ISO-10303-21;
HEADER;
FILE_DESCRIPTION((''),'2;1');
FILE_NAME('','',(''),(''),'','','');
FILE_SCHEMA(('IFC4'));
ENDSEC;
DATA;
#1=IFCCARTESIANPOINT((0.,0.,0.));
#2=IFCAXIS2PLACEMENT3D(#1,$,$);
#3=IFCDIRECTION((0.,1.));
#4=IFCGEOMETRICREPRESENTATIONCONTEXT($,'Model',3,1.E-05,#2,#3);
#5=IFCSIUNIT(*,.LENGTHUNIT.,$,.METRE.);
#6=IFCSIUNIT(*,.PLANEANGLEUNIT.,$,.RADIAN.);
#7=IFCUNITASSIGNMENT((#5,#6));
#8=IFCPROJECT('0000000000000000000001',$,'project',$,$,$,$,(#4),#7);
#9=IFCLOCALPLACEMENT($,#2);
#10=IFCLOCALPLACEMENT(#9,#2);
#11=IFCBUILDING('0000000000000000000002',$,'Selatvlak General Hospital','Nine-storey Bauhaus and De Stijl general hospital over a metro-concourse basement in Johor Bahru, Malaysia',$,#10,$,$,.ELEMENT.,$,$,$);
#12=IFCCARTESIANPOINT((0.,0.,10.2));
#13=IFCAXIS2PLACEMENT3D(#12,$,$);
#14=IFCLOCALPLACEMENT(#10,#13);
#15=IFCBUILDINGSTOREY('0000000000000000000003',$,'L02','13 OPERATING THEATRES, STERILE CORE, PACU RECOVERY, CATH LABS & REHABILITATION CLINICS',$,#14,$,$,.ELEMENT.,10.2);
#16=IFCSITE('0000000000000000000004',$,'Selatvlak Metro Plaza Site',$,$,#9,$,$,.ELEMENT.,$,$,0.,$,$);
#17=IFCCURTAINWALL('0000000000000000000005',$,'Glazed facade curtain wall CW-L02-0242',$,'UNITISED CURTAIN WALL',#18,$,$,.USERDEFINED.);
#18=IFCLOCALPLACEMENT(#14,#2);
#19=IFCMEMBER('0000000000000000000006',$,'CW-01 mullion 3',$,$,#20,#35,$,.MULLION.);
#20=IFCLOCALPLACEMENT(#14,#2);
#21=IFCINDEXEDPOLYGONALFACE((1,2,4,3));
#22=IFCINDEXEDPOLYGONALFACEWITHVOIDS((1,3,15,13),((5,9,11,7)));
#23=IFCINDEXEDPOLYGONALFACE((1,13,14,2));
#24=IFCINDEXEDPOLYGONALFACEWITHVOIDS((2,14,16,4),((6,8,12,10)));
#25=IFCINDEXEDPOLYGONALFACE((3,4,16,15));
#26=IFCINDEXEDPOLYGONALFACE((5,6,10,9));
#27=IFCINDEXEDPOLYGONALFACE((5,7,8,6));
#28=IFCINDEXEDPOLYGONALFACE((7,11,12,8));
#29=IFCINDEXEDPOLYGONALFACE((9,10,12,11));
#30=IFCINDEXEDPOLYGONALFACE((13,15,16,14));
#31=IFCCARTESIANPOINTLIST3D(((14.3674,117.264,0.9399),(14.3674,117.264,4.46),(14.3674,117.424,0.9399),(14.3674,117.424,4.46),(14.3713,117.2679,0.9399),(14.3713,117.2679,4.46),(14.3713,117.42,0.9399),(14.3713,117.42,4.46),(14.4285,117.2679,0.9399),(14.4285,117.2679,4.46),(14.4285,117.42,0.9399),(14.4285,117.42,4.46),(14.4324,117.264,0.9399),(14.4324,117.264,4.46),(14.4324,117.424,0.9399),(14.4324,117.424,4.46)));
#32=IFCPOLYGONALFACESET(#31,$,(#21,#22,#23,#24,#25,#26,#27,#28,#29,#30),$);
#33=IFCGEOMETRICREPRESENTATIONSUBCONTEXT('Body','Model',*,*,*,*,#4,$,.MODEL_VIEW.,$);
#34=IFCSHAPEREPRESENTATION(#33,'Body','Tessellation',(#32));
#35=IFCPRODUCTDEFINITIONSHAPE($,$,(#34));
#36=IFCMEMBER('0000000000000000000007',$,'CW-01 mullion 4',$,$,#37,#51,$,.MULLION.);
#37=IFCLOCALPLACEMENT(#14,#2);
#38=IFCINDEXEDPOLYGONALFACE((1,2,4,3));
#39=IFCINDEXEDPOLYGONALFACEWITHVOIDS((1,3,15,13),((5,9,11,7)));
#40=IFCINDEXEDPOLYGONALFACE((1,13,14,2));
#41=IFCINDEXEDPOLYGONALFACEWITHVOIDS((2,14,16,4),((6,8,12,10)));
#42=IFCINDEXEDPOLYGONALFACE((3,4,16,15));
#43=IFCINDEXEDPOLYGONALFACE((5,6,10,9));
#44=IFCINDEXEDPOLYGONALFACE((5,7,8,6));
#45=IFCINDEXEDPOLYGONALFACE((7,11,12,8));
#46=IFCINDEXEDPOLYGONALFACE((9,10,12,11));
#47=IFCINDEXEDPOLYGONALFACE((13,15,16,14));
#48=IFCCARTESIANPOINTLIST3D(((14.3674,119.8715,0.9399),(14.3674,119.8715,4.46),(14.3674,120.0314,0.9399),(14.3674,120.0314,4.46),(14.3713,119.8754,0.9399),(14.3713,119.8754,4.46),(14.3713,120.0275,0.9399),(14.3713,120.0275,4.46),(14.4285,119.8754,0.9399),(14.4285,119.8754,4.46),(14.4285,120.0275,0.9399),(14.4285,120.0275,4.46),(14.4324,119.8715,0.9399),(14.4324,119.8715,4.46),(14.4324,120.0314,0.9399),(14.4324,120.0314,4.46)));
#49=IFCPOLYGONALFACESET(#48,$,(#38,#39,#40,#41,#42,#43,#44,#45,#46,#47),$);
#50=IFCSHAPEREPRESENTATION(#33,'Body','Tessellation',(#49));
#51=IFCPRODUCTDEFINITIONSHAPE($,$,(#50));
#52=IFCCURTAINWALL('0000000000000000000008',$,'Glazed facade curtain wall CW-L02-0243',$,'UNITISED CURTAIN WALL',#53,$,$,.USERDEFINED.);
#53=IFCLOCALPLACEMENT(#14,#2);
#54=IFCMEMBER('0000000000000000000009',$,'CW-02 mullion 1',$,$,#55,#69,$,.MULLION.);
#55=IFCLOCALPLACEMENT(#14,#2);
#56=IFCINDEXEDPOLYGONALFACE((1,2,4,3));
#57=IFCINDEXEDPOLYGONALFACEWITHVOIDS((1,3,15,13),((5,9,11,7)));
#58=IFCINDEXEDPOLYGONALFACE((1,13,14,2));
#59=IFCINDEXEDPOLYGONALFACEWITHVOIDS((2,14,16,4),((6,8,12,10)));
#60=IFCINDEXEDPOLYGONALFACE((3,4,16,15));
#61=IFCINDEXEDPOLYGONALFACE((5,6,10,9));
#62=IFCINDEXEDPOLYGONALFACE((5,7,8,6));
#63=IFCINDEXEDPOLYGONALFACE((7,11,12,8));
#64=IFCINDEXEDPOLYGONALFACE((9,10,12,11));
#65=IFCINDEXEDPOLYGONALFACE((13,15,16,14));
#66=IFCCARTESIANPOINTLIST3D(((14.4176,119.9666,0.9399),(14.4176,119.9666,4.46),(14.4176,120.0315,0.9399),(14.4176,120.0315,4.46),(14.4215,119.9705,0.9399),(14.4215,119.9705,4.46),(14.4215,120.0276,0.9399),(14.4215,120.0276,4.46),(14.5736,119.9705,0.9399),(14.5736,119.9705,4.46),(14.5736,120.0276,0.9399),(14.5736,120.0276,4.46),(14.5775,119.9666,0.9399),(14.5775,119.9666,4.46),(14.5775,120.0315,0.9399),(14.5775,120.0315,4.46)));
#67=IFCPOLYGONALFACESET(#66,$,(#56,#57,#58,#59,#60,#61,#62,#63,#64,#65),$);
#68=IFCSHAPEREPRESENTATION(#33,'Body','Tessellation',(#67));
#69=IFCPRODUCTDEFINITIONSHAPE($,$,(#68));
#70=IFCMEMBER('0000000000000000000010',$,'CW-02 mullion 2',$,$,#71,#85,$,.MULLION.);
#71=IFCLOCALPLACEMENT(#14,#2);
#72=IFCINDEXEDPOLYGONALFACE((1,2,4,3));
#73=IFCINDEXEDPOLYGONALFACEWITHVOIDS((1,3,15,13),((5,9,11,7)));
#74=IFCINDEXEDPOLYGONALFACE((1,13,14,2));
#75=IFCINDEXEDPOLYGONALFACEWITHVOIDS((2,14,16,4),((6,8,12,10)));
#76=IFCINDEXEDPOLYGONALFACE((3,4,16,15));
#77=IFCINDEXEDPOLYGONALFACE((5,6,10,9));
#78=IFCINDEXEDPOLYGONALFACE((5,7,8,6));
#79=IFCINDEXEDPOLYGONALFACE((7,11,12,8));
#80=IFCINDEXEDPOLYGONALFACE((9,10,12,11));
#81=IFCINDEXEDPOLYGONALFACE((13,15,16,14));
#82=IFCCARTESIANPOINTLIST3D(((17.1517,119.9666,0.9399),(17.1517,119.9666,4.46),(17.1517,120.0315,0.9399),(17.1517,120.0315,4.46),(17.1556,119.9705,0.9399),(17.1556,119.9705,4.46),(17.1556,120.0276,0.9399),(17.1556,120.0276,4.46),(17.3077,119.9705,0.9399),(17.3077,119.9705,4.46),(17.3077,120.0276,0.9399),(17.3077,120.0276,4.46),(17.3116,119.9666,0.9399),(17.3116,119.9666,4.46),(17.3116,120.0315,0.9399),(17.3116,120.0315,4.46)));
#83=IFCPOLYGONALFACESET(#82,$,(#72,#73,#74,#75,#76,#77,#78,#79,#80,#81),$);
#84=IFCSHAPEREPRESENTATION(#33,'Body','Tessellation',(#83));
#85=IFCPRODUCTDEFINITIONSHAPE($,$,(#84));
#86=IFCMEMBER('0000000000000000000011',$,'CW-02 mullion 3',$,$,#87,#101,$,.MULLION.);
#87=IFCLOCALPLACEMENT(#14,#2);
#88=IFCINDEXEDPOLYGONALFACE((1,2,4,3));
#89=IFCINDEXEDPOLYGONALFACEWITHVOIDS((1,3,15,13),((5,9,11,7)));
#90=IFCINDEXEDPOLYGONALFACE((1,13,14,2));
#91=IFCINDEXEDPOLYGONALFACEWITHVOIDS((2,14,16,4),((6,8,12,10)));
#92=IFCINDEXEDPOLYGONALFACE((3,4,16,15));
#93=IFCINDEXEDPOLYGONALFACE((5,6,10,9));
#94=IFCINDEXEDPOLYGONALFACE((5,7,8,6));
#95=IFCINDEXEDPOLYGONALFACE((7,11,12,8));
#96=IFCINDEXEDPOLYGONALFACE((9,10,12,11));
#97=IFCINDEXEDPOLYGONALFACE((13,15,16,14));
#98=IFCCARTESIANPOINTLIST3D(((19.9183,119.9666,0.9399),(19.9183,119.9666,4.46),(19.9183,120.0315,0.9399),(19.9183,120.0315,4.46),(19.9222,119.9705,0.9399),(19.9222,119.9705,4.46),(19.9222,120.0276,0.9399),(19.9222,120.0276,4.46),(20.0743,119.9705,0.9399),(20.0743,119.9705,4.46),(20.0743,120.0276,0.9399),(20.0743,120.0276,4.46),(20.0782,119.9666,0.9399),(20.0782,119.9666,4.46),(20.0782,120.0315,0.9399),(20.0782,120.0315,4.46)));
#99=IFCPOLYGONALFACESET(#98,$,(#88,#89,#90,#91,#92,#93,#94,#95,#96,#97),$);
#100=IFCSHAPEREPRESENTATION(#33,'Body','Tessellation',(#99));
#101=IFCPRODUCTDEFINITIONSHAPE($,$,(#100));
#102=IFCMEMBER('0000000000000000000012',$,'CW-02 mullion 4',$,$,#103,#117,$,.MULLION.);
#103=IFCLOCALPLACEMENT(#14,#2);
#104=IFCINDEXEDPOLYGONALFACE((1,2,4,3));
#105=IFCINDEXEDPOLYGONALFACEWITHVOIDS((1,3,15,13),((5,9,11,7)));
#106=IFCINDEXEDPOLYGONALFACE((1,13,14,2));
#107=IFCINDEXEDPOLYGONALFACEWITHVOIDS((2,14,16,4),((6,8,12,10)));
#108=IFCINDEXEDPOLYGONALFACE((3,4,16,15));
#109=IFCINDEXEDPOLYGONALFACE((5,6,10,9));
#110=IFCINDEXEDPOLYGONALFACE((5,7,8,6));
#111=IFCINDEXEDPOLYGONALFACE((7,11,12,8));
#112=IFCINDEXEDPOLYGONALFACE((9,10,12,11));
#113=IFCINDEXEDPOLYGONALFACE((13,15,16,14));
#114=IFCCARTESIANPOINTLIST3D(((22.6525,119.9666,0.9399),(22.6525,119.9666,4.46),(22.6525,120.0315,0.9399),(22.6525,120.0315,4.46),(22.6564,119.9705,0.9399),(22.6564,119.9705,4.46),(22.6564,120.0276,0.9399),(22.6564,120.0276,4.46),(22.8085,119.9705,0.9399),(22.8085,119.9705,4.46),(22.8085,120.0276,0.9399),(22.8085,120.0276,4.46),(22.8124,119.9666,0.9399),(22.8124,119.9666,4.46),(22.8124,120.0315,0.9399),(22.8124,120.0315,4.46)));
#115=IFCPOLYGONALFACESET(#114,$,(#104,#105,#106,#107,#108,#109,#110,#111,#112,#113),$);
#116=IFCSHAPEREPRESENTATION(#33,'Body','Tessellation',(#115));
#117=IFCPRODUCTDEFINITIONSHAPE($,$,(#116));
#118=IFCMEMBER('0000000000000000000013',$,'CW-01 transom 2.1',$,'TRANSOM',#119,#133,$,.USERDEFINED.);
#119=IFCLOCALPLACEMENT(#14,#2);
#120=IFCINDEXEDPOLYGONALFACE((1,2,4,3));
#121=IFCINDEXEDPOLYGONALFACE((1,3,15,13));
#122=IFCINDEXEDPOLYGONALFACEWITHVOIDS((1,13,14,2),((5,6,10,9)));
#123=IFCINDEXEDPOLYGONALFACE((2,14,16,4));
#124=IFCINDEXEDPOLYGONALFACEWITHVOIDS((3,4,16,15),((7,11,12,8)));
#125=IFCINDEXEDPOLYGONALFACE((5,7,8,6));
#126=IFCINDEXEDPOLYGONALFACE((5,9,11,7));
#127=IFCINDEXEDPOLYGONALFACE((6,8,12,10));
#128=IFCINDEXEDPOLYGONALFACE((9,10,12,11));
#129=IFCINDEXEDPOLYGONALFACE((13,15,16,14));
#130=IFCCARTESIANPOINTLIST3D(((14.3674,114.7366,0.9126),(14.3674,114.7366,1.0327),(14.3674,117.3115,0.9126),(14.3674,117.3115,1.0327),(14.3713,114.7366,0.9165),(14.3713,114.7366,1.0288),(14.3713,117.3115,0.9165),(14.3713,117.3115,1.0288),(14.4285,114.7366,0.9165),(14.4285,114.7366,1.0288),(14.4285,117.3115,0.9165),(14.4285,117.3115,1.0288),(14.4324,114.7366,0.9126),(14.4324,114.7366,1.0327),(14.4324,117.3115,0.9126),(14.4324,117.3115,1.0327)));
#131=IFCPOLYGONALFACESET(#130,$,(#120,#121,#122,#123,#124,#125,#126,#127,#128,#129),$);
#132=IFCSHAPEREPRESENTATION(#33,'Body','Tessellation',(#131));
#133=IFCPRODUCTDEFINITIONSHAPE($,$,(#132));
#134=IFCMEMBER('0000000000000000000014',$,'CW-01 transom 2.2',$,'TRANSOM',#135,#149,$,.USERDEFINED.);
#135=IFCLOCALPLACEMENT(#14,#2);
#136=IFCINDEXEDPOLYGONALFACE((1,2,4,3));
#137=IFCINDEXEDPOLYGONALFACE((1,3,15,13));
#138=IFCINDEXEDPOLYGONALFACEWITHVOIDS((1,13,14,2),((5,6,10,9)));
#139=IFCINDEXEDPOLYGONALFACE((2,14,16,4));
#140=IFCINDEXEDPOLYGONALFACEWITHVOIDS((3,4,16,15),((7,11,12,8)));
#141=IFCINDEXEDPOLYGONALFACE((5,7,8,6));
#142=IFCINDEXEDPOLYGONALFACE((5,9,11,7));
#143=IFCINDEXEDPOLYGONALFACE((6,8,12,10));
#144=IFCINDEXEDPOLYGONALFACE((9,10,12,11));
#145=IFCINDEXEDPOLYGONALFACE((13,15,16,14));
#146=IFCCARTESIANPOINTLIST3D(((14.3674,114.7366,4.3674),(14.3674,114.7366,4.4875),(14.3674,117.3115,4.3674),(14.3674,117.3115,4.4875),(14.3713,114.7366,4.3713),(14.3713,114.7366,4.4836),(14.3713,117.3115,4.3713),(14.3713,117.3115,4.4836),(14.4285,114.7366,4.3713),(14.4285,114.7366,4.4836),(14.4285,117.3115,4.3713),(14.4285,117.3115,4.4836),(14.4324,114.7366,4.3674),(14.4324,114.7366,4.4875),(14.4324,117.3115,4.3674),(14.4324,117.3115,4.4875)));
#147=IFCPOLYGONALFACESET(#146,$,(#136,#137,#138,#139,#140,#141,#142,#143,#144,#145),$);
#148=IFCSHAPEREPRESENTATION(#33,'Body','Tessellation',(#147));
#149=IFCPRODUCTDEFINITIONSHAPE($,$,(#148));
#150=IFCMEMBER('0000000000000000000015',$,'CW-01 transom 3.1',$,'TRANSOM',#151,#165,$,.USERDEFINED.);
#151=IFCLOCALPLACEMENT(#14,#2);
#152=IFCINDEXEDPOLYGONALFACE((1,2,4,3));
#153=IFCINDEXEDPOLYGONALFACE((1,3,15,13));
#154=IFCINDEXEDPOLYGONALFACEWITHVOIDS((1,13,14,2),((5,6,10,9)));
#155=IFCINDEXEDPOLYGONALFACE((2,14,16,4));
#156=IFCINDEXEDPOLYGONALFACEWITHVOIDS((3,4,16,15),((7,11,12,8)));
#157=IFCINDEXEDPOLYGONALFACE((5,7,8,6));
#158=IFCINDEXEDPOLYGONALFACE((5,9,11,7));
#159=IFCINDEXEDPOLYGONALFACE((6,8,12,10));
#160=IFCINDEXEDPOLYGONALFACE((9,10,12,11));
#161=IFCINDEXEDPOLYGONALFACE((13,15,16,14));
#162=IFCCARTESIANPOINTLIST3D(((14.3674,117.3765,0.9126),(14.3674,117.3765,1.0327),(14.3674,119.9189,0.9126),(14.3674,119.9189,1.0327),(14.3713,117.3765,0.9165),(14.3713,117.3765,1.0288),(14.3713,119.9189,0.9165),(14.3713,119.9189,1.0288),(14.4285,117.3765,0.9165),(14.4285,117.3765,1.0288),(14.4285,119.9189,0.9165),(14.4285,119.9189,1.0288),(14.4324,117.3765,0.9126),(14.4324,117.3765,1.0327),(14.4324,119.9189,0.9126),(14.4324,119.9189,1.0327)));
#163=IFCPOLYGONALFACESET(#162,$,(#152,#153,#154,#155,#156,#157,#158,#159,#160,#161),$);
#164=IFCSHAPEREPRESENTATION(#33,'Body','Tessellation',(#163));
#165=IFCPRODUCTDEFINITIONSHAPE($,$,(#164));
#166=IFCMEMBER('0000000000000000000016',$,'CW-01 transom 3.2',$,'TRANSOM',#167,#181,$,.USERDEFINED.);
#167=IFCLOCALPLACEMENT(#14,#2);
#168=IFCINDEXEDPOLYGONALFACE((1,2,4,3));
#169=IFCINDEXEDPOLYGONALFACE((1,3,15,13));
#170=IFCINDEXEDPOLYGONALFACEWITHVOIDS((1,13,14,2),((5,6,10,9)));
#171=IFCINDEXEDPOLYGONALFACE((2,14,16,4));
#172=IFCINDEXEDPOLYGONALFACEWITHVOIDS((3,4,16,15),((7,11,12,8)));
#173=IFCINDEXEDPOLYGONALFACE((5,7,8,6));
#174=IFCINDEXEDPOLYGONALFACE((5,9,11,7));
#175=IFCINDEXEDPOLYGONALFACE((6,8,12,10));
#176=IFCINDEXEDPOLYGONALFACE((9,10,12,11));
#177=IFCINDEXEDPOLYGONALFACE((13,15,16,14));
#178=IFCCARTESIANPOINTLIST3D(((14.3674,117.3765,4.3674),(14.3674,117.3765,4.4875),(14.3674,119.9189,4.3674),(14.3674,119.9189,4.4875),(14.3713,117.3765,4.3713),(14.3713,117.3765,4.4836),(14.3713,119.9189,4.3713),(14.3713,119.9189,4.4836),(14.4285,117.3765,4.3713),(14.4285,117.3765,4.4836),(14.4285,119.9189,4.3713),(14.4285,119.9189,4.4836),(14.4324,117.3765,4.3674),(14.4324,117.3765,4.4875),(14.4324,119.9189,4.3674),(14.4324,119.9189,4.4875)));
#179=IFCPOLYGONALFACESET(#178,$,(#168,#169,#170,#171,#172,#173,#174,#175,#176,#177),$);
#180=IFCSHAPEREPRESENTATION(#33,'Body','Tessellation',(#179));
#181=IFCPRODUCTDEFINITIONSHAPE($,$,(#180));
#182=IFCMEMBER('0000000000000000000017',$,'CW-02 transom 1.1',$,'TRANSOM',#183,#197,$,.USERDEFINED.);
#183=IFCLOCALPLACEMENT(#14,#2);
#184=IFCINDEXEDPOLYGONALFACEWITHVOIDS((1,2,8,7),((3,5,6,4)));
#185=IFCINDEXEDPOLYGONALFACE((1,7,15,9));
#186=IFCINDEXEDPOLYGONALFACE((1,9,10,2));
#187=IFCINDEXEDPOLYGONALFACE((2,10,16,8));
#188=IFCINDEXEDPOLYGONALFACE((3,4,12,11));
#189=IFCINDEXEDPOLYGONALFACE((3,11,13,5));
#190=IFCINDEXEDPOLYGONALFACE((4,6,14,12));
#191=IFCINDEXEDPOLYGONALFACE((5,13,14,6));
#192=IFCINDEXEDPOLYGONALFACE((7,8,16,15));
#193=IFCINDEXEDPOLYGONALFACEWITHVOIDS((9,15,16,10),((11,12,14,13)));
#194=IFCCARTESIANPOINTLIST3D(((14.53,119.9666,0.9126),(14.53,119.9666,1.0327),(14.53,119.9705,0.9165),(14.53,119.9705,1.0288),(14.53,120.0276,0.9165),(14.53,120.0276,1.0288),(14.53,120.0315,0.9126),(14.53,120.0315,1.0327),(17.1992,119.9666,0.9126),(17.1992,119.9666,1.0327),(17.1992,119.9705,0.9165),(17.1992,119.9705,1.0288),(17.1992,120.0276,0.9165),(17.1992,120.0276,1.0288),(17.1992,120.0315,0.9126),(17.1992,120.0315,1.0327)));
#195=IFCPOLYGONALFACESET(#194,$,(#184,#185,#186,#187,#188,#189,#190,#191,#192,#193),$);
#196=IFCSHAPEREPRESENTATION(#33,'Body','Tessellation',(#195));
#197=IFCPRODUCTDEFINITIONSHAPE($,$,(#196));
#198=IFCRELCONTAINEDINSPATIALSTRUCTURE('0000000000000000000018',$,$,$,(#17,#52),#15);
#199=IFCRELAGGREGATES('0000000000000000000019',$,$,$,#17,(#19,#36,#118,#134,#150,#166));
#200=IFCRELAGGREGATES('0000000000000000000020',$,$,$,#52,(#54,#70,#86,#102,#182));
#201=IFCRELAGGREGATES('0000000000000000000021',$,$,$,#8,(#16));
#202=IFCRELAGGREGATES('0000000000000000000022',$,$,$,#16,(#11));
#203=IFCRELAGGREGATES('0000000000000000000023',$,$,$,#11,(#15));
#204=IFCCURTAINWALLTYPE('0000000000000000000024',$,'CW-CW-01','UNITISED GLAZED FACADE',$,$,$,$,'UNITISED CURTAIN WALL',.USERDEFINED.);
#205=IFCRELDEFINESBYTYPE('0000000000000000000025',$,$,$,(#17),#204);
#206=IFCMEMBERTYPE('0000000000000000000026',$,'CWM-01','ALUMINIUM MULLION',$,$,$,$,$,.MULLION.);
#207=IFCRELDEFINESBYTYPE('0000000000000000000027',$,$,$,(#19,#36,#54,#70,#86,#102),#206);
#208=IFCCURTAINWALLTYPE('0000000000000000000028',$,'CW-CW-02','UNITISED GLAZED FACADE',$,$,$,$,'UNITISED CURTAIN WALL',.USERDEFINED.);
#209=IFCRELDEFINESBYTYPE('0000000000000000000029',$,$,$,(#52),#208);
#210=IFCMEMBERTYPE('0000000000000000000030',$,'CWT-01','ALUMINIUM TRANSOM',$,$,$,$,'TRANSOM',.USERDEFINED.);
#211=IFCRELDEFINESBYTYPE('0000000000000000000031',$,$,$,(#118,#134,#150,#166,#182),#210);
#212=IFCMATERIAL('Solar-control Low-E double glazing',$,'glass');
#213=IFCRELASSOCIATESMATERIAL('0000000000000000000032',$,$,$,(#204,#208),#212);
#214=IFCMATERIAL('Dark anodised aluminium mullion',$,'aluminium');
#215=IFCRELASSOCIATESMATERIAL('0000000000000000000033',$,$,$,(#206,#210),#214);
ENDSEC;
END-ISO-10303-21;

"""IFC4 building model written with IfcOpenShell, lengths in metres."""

from ifc_helpers import new_model, si_unit, direction, frame, origin, origin_2d, place, context, subcontext, project, spatial, hollow_rectangle, extrude, material, material_profile, profile_set, type_object, element, aggregate, save


model = new_model("IFC4")

# Units and contexts
model_context = context("Model", 3, precision=1e-05, world=origin(), true_north=direction((0.0, 1.0)))
body_context = subcontext(model_context, "Body", "Model", "MODEL_VIEW")
ifc_project = project(units=[si_unit("LENGTHUNIT", "METRE"), si_unit("PLANEANGLEUNIT", "RADIAN")], contexts=[model_context])

# Site, building, storey
site_placement = place(None, origin())
site = spatial("IfcSite", under=ifc_project, at=site_placement, Name="Selatvlak Metro Plaza Site", CompositionType="ELEMENT", RefElevation=0.0)
building_placement = place(site_placement, origin())
building = spatial("IfcBuilding", under=site, at=building_placement, Name="Selatvlak General Hospital", Description="Nine-storey Bauhaus and De Stijl general hospital over a metro-concourse basement in Johor Bahru, Malaysia", CompositionType="ELEMENT")
storey_placement = place(building_placement, frame((0.0, 0.0, 10.2)))
storey = spatial("IfcBuildingStorey", under=building, at=storey_placement, Name="L02", Description="13 OPERATING THEATRES, STERILE CORE, PACU RECOVERY, CATH LABS & REHABILITATION CLINICS", CompositionType="ELEMENT", Elevation=10.2)

# Curtain walls, members
ifc_material_1 = material(Name="Solar-control Low-E double glazing", Category="glass")
curtain_wall_type_1 = type_object("IfcCurtainWallType", Name="CW-CW-01", Description="UNITISED GLAZED FACADE", ElementType="UNITISED CURTAIN WALL", PredefinedType="USERDEFINED", material=ifc_material_1)
curtain_wall_1_placement = place(storey_placement, origin())
curtain_wall_1 = element("IfcCurtainWall", 1, at=curtain_wall_1_placement, inside=storey, type_object=curtain_wall_type_1, Name="Glazed facade curtain wall CW-L02-0242", ObjectType="UNITISED CURTAIN WALL", PredefinedType="USERDEFINED")
ifc_material_2 = material(Name="Dark anodised aluminium mullion", Category="aluminium")
ifc_material_profile_1 = material_profile(ifc_material_2, hollow_rectangle(XDim=0.0649, YDim=0.1599, WallThickness=0.0039, at=origin_2d()), Name="AL-MUL 65x160x4")
ifc_profile_set_1 = profile_set([ifc_material_profile_1], Name="Dark anodised aluminium mullion")
member_type_1 = type_object("IfcMemberType", Name="CWM-01", Description="ALUMINIUM MULLION", PredefinedType="MULLION", material=ifc_profile_set_1)
member_1_placement = place(storey_placement, frame((14.3999, 117.344, 0.9399), z_axis=(0.0, 0.0, 1.0), x_axis=(-1.0, 0.0, 0.0)))
member_1 = element("IfcMember", 2, at=member_1_placement, type_object=member_type_1, Name="CW-01 mullion 3", PredefinedType="MULLION", context=body_context, shape_type="SweptSolid", body=[
    extrude(hollow_rectangle(XDim=0.0649, YDim=0.1599, WallThickness=0.0039, at=origin_2d()), origin(), (0.0, 0.0, 1.0), 3.52),
])
member_2_placement = place(storey_placement, frame((14.3999, 119.9514, 0.9399), z_axis=(0.0, 0.0, 1.0), x_axis=(-1.0, 0.0, 0.0)))
member_2 = element("IfcMember", 3, at=member_2_placement, type_object=member_type_1, Name="CW-01 mullion 4", PredefinedType="MULLION", context=body_context, shape_type="SweptSolid", body=[
    extrude(hollow_rectangle(XDim=0.0649, YDim=0.1599, WallThickness=0.0039, at=origin_2d()), origin(), (0.0, 0.0, 1.0), 3.52),
])
curtain_wall_type_2 = type_object("IfcCurtainWallType", Name="CW-CW-02", Description="UNITISED GLAZED FACADE", ElementType="UNITISED CURTAIN WALL", PredefinedType="USERDEFINED", material=ifc_material_1)
curtain_wall_2_placement = place(storey_placement, origin())
curtain_wall_2 = element("IfcCurtainWall", 4, at=curtain_wall_2_placement, inside=storey, type_object=curtain_wall_type_2, Name="Glazed facade curtain wall CW-L02-0243", ObjectType="UNITISED CURTAIN WALL", PredefinedType="USERDEFINED")
member_3_placement = place(storey_placement, frame((14.4976, 119.999, 0.9399), z_axis=(0.0, 0.0, 1.0), x_axis=(0.0, 1.0, 0.0)))
member_3 = element("IfcMember", 5, at=member_3_placement, type_object=member_type_1, Name="CW-02 mullion 1", PredefinedType="MULLION", context=body_context, shape_type="SweptSolid", body=[
    extrude(hollow_rectangle(XDim=0.0649, YDim=0.1599, WallThickness=0.0039, at=origin_2d()), origin(), (0.0, 0.0, 1.0), 3.52),
])
member_4_placement = place(storey_placement, frame((17.2317, 119.999, 0.9399), z_axis=(0.0, 0.0, 1.0), x_axis=(0.0, 1.0, 0.0)))
member_4 = element("IfcMember", 6, at=member_4_placement, type_object=member_type_1, Name="CW-02 mullion 2", PredefinedType="MULLION", context=body_context, shape_type="SweptSolid", body=[
    extrude(hollow_rectangle(XDim=0.0649, YDim=0.1599, WallThickness=0.0039, at=origin_2d()), origin(), (0.0, 0.0, 1.0), 3.52),
])
member_5_placement = place(storey_placement, frame((19.9983, 119.999, 0.9399), z_axis=(0.0, 0.0, 1.0), x_axis=(0.0, 1.0, 0.0)))
member_5 = element("IfcMember", 7, at=member_5_placement, type_object=member_type_1, Name="CW-02 mullion 3", PredefinedType="MULLION", context=body_context, shape_type="SweptSolid", body=[
    extrude(hollow_rectangle(XDim=0.0649, YDim=0.1599, WallThickness=0.0039, at=origin_2d()), origin(), (0.0, 0.0, 1.0), 3.52),
])
member_6_placement = place(storey_placement, frame((22.7324, 119.999, 0.9399), z_axis=(0.0, 0.0, 1.0), x_axis=(0.0, 1.0, 0.0)))
member_6 = element("IfcMember", 8, at=member_6_placement, type_object=member_type_1, Name="CW-02 mullion 4", PredefinedType="MULLION", context=body_context, shape_type="SweptSolid", body=[
    extrude(hollow_rectangle(XDim=0.0649, YDim=0.1599, WallThickness=0.0039, at=origin_2d()), origin(), (0.0, 0.0, 1.0), 3.52),
])

# Members
ifc_material_profile_2 = material_profile(ifc_material_2, hollow_rectangle(XDim=0.0649, YDim=0.1201, WallThickness=0.0039, at=origin_2d()), Name="AL-TRN 65x120x4")
ifc_profile_set_2 = profile_set([ifc_material_profile_2], Name="Dark anodised aluminium mullion")
member_type_2 = type_object("IfcMemberType", Name="CWT-01", Description="ALUMINIUM TRANSOM", ElementType="TRANSOM", PredefinedType="USERDEFINED", material=ifc_profile_set_2)
member_7_placement = place(storey_placement, frame((14.3999, 114.7366, 0.9727), z_axis=(0.0, 1.0, 0.0), x_axis=(-1.0, 0.0, 0.0)))
member_7 = element("IfcMember", 9, at=member_7_placement, type_object=member_type_2, Name="CW-01 transom 2.1", ObjectType="TRANSOM", PredefinedType="USERDEFINED", context=body_context, shape_type="SweptSolid", body=[
    extrude(hollow_rectangle(XDim=0.0649, YDim=0.1201, WallThickness=0.0039, at=origin_2d()), origin(), (0.0, 0.0, 1.0), 2.575),
])
member_8_placement = place(storey_placement, frame((14.3999, 114.7366, 4.4275), z_axis=(0.0, 1.0, 0.0), x_axis=(-1.0, 0.0, 0.0)))
member_8 = element("IfcMember", 10, at=member_8_placement, type_object=member_type_2, Name="CW-01 transom 2.2", ObjectType="TRANSOM", PredefinedType="USERDEFINED", context=body_context, shape_type="SweptSolid", body=[
    extrude(hollow_rectangle(XDim=0.0649, YDim=0.1201, WallThickness=0.0039, at=origin_2d()), origin(), (0.0, 0.0, 1.0), 2.575),
])
member_9_placement = place(storey_placement, frame((14.3999, 117.3765, 0.9727), z_axis=(0.0, 1.0, 0.0), x_axis=(-1.0, 0.0, 0.0)))
member_9 = element("IfcMember", 11, at=member_9_placement, type_object=member_type_2, Name="CW-01 transom 3.1", ObjectType="TRANSOM", PredefinedType="USERDEFINED", context=body_context, shape_type="SweptSolid", body=[
    extrude(hollow_rectangle(XDim=0.0649, YDim=0.1201, WallThickness=0.0039, at=origin_2d()), origin(), (0.0, 0.0, 1.0), 2.5425),
])
member_10_placement = place(storey_placement, frame((14.3999, 117.3765, 4.4275), z_axis=(0.0, 1.0, 0.0), x_axis=(-1.0, 0.0, 0.0)))
member_10 = element("IfcMember", 12, at=member_10_placement, type_object=member_type_2, Name="CW-01 transom 3.2", ObjectType="TRANSOM", PredefinedType="USERDEFINED", context=body_context, shape_type="SweptSolid", body=[
    extrude(hollow_rectangle(XDim=0.0649, YDim=0.1201, WallThickness=0.0039, at=origin_2d()), origin(), (0.0, 0.0, 1.0), 2.5425),
])
member_11_placement = place(storey_placement, frame((14.53, 119.999, 0.9727), z_axis=(1.0, 0.0, 0.0), x_axis=(0.0, 1.0, 0.0)))
member_11 = element("IfcMember", 13, at=member_11_placement, type_object=member_type_2, Name="CW-02 transom 1.1", ObjectType="TRANSOM", PredefinedType="USERDEFINED", context=body_context, shape_type="SweptSolid", body=[
    extrude(hollow_rectangle(XDim=0.0649, YDim=0.1201, WallThickness=0.0039, at=origin_2d()), origin(), (0.0, 0.0, 1.0), 2.6692),
])

aggregate(curtain_wall_1, [member_1, member_2, member_7, member_8, member_9, member_10])
aggregate(curtain_wall_2, [member_3, member_4, member_5, member_6, member_11])

save(model, "model.ifc")
